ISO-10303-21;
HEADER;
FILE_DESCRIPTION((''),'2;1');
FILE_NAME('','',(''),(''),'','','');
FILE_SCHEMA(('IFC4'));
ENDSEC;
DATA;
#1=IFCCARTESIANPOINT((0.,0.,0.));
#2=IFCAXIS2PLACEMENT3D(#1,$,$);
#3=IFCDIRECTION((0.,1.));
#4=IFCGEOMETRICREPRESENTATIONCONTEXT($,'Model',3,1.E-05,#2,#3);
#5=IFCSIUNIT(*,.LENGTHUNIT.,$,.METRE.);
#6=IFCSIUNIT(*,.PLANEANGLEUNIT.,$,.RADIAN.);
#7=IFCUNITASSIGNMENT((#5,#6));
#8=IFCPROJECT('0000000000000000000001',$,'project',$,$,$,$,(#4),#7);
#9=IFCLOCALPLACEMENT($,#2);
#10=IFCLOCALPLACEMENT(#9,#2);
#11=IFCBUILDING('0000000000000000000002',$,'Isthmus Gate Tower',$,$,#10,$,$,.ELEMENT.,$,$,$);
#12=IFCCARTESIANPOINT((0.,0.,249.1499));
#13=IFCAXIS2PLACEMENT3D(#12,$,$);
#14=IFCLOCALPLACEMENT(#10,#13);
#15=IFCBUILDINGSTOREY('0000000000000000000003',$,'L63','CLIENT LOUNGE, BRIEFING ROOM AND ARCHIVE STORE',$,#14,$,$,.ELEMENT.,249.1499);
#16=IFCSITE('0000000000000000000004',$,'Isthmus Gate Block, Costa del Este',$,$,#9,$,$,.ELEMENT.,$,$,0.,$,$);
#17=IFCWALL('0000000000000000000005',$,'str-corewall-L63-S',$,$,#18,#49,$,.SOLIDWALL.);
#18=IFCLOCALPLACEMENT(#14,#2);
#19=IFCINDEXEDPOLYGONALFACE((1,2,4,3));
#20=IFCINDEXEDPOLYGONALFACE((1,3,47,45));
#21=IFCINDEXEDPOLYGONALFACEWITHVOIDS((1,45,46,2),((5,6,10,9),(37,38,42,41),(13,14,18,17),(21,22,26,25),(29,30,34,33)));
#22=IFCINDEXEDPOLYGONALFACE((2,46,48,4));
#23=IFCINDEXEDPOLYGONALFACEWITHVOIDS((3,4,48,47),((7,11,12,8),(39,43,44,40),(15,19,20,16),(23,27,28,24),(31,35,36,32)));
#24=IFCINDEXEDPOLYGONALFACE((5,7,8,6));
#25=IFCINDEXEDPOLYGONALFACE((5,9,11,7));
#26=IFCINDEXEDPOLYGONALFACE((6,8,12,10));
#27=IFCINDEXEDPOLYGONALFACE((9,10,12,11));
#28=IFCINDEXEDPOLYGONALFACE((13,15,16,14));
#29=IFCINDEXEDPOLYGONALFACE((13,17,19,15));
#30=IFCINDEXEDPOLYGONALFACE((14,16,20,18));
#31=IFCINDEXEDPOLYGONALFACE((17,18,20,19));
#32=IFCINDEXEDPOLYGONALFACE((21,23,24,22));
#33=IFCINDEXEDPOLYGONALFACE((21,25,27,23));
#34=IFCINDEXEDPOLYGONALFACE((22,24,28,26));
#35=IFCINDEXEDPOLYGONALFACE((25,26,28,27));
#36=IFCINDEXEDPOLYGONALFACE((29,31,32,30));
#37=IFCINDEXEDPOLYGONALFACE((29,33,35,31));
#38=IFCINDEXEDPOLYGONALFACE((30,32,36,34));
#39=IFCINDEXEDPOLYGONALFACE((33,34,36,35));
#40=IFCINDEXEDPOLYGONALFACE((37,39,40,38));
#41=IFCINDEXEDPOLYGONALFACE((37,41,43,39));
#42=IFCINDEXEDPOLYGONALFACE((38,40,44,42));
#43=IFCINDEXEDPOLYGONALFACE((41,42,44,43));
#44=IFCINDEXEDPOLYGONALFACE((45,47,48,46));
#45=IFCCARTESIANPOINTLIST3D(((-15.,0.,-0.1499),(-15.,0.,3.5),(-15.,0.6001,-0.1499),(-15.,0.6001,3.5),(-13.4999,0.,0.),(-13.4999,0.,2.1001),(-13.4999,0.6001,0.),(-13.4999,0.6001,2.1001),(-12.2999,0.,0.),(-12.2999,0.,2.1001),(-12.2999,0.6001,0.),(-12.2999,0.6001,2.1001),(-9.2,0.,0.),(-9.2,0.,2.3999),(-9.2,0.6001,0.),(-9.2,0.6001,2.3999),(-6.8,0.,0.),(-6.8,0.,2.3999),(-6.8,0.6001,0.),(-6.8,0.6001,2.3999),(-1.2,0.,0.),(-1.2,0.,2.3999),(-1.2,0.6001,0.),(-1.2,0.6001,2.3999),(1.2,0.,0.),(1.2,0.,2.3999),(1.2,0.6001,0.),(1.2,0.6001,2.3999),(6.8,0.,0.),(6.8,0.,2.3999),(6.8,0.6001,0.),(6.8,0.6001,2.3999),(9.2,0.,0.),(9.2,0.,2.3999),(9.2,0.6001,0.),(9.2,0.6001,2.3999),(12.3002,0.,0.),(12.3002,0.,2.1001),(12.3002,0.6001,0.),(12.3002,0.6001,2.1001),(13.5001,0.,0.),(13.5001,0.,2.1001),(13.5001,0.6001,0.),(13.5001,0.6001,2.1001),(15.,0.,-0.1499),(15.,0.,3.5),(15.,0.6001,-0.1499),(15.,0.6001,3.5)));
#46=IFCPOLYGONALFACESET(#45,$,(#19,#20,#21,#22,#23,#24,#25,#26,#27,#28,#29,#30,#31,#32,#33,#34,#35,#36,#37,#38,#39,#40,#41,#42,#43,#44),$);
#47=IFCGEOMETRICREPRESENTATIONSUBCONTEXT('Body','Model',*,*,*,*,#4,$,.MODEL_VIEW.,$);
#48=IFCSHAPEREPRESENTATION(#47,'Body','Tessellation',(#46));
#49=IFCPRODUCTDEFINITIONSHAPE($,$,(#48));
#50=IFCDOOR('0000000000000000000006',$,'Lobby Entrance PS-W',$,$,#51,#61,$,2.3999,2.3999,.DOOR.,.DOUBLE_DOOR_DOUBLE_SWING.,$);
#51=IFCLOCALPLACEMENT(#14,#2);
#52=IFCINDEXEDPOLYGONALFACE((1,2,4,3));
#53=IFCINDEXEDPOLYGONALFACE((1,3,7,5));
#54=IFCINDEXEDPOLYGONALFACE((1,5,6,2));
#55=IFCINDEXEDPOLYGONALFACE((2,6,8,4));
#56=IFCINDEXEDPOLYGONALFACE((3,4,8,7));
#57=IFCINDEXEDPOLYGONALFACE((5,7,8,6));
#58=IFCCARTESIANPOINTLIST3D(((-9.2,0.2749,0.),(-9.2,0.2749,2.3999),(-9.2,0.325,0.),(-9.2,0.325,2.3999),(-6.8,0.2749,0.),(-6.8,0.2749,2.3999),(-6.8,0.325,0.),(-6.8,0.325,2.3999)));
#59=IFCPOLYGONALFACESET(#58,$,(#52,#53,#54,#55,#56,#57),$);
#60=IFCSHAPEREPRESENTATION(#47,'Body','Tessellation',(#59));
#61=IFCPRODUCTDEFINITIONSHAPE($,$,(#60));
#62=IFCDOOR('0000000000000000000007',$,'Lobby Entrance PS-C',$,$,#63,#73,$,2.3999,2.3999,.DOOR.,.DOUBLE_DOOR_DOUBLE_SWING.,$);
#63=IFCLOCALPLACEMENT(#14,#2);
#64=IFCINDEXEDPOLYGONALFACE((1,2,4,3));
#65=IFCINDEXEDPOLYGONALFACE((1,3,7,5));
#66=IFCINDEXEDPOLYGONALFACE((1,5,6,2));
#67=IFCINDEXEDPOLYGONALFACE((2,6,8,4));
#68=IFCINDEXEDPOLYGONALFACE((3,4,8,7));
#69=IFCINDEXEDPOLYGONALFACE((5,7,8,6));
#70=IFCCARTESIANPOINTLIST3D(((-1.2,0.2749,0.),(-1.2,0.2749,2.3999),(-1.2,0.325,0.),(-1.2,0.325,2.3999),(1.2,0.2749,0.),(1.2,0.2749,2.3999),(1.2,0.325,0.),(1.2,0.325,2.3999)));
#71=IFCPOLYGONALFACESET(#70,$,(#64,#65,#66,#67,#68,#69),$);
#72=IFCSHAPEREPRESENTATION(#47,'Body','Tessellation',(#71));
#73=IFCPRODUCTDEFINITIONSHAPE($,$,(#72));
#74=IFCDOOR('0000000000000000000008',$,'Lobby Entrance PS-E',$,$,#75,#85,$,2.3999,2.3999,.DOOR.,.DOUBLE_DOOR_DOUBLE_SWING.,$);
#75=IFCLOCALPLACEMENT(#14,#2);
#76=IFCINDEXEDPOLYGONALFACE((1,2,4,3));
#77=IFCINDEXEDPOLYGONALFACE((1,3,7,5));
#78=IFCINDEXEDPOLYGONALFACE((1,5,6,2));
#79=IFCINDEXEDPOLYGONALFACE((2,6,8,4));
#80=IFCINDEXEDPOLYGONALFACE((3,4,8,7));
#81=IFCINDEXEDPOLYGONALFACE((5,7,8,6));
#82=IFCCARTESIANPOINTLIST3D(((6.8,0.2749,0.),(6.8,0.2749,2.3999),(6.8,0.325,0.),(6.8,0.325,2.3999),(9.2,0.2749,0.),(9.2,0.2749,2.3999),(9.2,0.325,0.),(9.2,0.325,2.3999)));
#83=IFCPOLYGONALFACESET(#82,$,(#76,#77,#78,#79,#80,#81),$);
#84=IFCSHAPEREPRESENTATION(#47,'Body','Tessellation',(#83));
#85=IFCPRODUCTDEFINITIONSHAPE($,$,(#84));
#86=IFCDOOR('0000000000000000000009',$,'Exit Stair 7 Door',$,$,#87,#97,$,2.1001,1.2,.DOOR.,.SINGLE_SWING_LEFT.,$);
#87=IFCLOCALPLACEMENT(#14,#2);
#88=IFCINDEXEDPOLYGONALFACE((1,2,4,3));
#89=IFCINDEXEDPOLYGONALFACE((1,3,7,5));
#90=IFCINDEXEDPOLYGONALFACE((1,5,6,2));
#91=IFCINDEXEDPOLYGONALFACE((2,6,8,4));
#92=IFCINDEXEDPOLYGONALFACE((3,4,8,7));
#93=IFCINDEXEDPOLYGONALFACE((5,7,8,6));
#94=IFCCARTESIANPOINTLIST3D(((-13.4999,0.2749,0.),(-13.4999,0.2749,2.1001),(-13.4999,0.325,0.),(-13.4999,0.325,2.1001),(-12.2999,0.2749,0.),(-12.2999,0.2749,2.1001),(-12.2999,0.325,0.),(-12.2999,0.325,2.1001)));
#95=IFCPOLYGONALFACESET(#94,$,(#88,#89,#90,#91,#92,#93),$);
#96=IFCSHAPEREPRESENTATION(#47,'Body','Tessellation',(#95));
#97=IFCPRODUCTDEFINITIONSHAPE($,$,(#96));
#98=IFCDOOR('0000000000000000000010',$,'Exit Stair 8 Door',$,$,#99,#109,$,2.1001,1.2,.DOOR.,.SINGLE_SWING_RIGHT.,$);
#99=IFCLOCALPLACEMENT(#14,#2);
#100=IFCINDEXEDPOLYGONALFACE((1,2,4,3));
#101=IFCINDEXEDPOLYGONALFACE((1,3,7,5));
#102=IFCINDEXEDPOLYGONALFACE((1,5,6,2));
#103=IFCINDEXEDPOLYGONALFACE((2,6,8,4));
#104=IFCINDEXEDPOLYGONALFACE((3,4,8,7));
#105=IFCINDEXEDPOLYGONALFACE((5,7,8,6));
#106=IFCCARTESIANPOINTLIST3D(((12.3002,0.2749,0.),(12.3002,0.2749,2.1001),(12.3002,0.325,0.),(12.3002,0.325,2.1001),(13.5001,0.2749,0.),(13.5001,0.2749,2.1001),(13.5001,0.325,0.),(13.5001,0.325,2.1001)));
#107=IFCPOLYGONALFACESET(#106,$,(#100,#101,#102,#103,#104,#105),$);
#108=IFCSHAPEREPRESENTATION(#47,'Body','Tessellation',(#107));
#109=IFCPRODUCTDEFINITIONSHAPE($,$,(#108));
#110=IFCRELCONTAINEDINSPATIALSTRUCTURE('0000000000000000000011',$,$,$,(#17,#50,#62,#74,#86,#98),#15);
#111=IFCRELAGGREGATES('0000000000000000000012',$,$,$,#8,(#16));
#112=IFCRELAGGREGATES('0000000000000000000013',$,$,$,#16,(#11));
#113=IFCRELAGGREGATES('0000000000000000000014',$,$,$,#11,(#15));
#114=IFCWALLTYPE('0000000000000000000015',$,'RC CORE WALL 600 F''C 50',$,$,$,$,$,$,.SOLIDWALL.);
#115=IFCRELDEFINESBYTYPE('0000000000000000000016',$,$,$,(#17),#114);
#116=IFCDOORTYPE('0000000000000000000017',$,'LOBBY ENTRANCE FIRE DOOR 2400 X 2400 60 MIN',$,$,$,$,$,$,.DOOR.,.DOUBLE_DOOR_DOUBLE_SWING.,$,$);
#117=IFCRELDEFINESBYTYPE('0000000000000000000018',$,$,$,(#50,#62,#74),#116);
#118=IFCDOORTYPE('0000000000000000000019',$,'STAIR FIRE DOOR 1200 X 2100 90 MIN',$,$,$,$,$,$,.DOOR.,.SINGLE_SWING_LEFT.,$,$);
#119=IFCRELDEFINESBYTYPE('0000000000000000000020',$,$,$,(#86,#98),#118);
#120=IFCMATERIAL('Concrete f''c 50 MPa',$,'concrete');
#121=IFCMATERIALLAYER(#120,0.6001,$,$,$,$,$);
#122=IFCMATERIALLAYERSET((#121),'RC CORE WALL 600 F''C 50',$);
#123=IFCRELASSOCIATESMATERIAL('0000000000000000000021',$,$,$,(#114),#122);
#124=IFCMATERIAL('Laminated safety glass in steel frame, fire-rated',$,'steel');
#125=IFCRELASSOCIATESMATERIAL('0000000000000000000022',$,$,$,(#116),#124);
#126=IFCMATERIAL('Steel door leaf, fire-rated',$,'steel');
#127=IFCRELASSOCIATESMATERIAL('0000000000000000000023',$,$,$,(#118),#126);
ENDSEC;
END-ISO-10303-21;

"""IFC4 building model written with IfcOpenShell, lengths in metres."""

from ifc_helpers import new_model, si_unit, direction, frame, frame_2d, origin, place, context, subcontext, project, spatial, rectangle, extrude, material, layer, layer_set, type_object, element, fill, save


model = new_model("IFC4")

# Units and contexts
model_context = context("Model", 3, precision=1e-05, world=origin(), true_north=direction((0.0, 1.0)))
body_context = subcontext(model_context, "Body", "Model", "MODEL_VIEW")
ifc_project = project(units=[si_unit("LENGTHUNIT", "METRE"), si_unit("PLANEANGLEUNIT", "RADIAN")], contexts=[model_context])

# Site, building, storey
site_placement = place(None, origin())
site = spatial("IfcSite", under=ifc_project, at=site_placement, Name="Isthmus Gate Block, Costa del Este", CompositionType="ELEMENT", RefElevation=0.0)
building_placement = place(site_placement, origin())
building = spatial("IfcBuilding", under=site, at=building_placement, Name="Isthmus Gate Tower", CompositionType="ELEMENT")
storey_placement = place(building_placement, frame((0.0, 0.0, 249.1499)))
storey = spatial("IfcBuildingStorey", under=building, at=storey_placement, Name="L63", Description="CLIENT LOUNGE, BRIEFING ROOM AND ARCHIVE STORE", CompositionType="ELEMENT", Elevation=249.1499)

# Wall, openings, doors
ifc_material_1 = material(Name="Concrete f'c 50 MPa", Category="concrete")
ifc_layer_1 = layer(ifc_material_1, 0.6001)
ifc_layer_set_1 = layer_set([ifc_layer_1], Name="RC CORE WALL 600 F'C 50")
wall_type_1 = type_object("IfcWallType", Name="RC CORE WALL 600 F'C 50", PredefinedType="SOLIDWALL", material=ifc_layer_set_1)
wall_1_placement = place(storey_placement, frame((-15.0, 0.3, -0.1499), z_axis=(0.0, 0.0, 1.0), x_axis=(1.0, 0.0, 0.0)))
wall_1 = element("IfcWall", 1, at=wall_1_placement, inside=storey, type_object=wall_type_1, Name="str-corewall-L63-S", PredefinedType="SOLIDWALL", context=body_context, shape_type="SweptSolid", body=[
    extrude(rectangle(XDim=30.0, YDim=0.6001, at=frame_2d((15.0, 0.0))), origin(), (0.0, 0.0, 1.0), 3.6499),
])
opening_1_placement = place(wall_1_placement, frame((5.8, 0.0, 0.1499)))
opening_1 = element("IfcOpeningElement", 2, at=opening_1_placement, cuts=wall_1, PredefinedType="OPENING", context=body_context, shape_type="SweptSolid", body=[
    extrude(rectangle(XDim=2.3999, YDim=2.3999, at=frame_2d((1.2, 1.2))), frame((0.0, 0.3101, 0.0), z_axis=(0.0, -1.0, 0.0), x_axis=(1.0, 0.0, 0.0)), (0.0, 0.0, 1.0), 0.6201),
])
opening_2_placement = place(wall_1_placement, frame((13.8, 0.0, 0.1499)))
opening_2 = element("IfcOpeningElement", 3, at=opening_2_placement, cuts=wall_1, PredefinedType="OPENING", context=body_context, shape_type="SweptSolid", body=[
    extrude(rectangle(XDim=2.3999, YDim=2.3999, at=frame_2d((1.2, 1.2))), frame((0.0, 0.3101, 0.0), z_axis=(0.0, -1.0, 0.0), x_axis=(1.0, 0.0, 0.0)), (0.0, 0.0, 1.0), 0.6201),
])
opening_3_placement = place(wall_1_placement, frame((21.8, 0.0, 0.1499)))
opening_3 = element("IfcOpeningElement", 4, at=opening_3_placement, cuts=wall_1, PredefinedType="OPENING", context=body_context, shape_type="SweptSolid", body=[
    extrude(rectangle(XDim=2.3999, YDim=2.3999, at=frame_2d((1.2, 1.2))), frame((0.0, 0.3101, 0.0), z_axis=(0.0, -1.0, 0.0), x_axis=(1.0, 0.0, 0.0)), (0.0, 0.0, 1.0), 0.6201),
])
opening_4_placement = place(wall_1_placement, frame((1.5, 0.0, 0.1499)))
opening_4 = element("IfcOpeningElement", 5, at=opening_4_placement, cuts=wall_1, PredefinedType="OPENING", context=body_context, shape_type="SweptSolid", body=[
    extrude(rectangle(XDim=1.2, YDim=2.1001, at=frame_2d((0.6001, 1.05))), frame((0.0, 0.3101, 0.0), z_axis=(0.0, -1.0, 0.0), x_axis=(1.0, 0.0, 0.0)), (0.0, 0.0, 1.0), 0.6201),
])
opening_5_placement = place(wall_1_placement, frame((27.3, 0.0, 0.1499)))
opening_5 = element("IfcOpeningElement", 6, at=opening_5_placement, cuts=wall_1, PredefinedType="OPENING", context=body_context, shape_type="SweptSolid", body=[
    extrude(rectangle(XDim=1.2, YDim=2.1001, at=frame_2d((0.6001, 1.05))), frame((0.0, 0.3101, 0.0), z_axis=(0.0, -1.0, 0.0), x_axis=(1.0, 0.0, 0.0)), (0.0, 0.0, 1.0), 0.6201),
])
ifc_material_2 = material(Name="Laminated safety glass in steel frame, fire-rated", Category="steel")
door_type_1 = type_object("IfcDoorType", Name="LOBBY ENTRANCE FIRE DOOR 2400 X 2400 60 MIN", OperationType="DOUBLE_DOOR_DOUBLE_SWING", PredefinedType="DOOR", material=ifc_material_2)
door_1_placement = place(opening_1_placement, origin())
door_1 = element("IfcDoor", 7, at=door_1_placement, inside=storey, type_object=door_type_1, Name="Lobby Entrance PS-W", OperationType="DOUBLE_DOOR_DOUBLE_SWING", OverallHeight=2.3999, OverallWidth=2.3999, PredefinedType="DOOR", context=body_context, shape_type="SweptSolid", body=[
    extrude(rectangle(XDim=2.3999, YDim=2.3999, at=frame_2d((1.2, 1.2))), frame((0.0, 0.0249, 0.0), z_axis=(0.0, -1.0, 0.0), x_axis=(1.0, 0.0, 0.0)), (0.0, 0.0, 1.0), 0.05),
])
fill(opening_1, door_1)
door_2_placement = place(opening_2_placement, origin())
door_2 = element("IfcDoor", 8, at=door_2_placement, inside=storey, type_object=door_type_1, Name="Lobby Entrance PS-C", OperationType="DOUBLE_DOOR_DOUBLE_SWING", OverallHeight=2.3999, OverallWidth=2.3999, PredefinedType="DOOR", context=body_context, shape_type="SweptSolid", body=[
    extrude(rectangle(XDim=2.3999, YDim=2.3999, at=frame_2d((1.2, 1.2))), frame((0.0, 0.0249, 0.0), z_axis=(0.0, -1.0, 0.0), x_axis=(1.0, 0.0, 0.0)), (0.0, 0.0, 1.0), 0.05),
])
fill(opening_2, door_2)
door_3_placement = place(opening_3_placement, origin())
door_3 = element("IfcDoor", 9, at=door_3_placement, inside=storey, type_object=door_type_1, Name="Lobby Entrance PS-E", OperationType="DOUBLE_DOOR_DOUBLE_SWING", OverallHeight=2.3999, OverallWidth=2.3999, PredefinedType="DOOR", context=body_context, shape_type="SweptSolid", body=[
    extrude(rectangle(XDim=2.3999, YDim=2.3999, at=frame_2d((1.2, 1.2))), frame((0.0, 0.0249, 0.0), z_axis=(0.0, -1.0, 0.0), x_axis=(1.0, 0.0, 0.0)), (0.0, 0.0, 1.0), 0.05),
])
fill(opening_3, door_3)
ifc_material_3 = material(Name="Steel door leaf, fire-rated", Category="steel")
door_type_2 = type_object("IfcDoorType", Name="STAIR FIRE DOOR 1200 X 2100 90 MIN", OperationType="SINGLE_SWING_LEFT", PredefinedType="DOOR", material=ifc_material_3)
door_4_placement = place(opening_4_placement, origin())
door_4 = element("IfcDoor", 10, at=door_4_placement, inside=storey, type_object=door_type_2, Name="Exit Stair 7 Door", OperationType="SINGLE_SWING_LEFT", OverallHeight=2.1001, OverallWidth=1.2, PredefinedType="DOOR", context=body_context, shape_type="SweptSolid", body=[
    extrude(rectangle(XDim=1.2, YDim=2.1001, at=frame_2d((0.6001, 1.05))), frame((0.0, 0.0249, 0.0), z_axis=(0.0, -1.0, 0.0), x_axis=(1.0, 0.0, 0.0)), (0.0, 0.0, 1.0), 0.05),
])
fill(opening_4, door_4)
door_5_placement = place(opening_5_placement, origin())
door_5 = element("IfcDoor", 11, at=door_5_placement, inside=storey, type_object=door_type_2, Name="Exit Stair 8 Door", OperationType="SINGLE_SWING_RIGHT", OverallHeight=2.1001, OverallWidth=1.2, PredefinedType="DOOR", context=body_context, shape_type="SweptSolid", body=[
    extrude(rectangle(XDim=1.2, YDim=2.1001, at=frame_2d((0.6001, 1.05))), frame((0.0, 0.0249, 0.0), z_axis=(0.0, -1.0, 0.0), x_axis=(1.0, 0.0, 0.0)), (0.0, 0.0, 1.0), 0.05),
])
fill(opening_5, door_5)

save(model, "model.ifc")
